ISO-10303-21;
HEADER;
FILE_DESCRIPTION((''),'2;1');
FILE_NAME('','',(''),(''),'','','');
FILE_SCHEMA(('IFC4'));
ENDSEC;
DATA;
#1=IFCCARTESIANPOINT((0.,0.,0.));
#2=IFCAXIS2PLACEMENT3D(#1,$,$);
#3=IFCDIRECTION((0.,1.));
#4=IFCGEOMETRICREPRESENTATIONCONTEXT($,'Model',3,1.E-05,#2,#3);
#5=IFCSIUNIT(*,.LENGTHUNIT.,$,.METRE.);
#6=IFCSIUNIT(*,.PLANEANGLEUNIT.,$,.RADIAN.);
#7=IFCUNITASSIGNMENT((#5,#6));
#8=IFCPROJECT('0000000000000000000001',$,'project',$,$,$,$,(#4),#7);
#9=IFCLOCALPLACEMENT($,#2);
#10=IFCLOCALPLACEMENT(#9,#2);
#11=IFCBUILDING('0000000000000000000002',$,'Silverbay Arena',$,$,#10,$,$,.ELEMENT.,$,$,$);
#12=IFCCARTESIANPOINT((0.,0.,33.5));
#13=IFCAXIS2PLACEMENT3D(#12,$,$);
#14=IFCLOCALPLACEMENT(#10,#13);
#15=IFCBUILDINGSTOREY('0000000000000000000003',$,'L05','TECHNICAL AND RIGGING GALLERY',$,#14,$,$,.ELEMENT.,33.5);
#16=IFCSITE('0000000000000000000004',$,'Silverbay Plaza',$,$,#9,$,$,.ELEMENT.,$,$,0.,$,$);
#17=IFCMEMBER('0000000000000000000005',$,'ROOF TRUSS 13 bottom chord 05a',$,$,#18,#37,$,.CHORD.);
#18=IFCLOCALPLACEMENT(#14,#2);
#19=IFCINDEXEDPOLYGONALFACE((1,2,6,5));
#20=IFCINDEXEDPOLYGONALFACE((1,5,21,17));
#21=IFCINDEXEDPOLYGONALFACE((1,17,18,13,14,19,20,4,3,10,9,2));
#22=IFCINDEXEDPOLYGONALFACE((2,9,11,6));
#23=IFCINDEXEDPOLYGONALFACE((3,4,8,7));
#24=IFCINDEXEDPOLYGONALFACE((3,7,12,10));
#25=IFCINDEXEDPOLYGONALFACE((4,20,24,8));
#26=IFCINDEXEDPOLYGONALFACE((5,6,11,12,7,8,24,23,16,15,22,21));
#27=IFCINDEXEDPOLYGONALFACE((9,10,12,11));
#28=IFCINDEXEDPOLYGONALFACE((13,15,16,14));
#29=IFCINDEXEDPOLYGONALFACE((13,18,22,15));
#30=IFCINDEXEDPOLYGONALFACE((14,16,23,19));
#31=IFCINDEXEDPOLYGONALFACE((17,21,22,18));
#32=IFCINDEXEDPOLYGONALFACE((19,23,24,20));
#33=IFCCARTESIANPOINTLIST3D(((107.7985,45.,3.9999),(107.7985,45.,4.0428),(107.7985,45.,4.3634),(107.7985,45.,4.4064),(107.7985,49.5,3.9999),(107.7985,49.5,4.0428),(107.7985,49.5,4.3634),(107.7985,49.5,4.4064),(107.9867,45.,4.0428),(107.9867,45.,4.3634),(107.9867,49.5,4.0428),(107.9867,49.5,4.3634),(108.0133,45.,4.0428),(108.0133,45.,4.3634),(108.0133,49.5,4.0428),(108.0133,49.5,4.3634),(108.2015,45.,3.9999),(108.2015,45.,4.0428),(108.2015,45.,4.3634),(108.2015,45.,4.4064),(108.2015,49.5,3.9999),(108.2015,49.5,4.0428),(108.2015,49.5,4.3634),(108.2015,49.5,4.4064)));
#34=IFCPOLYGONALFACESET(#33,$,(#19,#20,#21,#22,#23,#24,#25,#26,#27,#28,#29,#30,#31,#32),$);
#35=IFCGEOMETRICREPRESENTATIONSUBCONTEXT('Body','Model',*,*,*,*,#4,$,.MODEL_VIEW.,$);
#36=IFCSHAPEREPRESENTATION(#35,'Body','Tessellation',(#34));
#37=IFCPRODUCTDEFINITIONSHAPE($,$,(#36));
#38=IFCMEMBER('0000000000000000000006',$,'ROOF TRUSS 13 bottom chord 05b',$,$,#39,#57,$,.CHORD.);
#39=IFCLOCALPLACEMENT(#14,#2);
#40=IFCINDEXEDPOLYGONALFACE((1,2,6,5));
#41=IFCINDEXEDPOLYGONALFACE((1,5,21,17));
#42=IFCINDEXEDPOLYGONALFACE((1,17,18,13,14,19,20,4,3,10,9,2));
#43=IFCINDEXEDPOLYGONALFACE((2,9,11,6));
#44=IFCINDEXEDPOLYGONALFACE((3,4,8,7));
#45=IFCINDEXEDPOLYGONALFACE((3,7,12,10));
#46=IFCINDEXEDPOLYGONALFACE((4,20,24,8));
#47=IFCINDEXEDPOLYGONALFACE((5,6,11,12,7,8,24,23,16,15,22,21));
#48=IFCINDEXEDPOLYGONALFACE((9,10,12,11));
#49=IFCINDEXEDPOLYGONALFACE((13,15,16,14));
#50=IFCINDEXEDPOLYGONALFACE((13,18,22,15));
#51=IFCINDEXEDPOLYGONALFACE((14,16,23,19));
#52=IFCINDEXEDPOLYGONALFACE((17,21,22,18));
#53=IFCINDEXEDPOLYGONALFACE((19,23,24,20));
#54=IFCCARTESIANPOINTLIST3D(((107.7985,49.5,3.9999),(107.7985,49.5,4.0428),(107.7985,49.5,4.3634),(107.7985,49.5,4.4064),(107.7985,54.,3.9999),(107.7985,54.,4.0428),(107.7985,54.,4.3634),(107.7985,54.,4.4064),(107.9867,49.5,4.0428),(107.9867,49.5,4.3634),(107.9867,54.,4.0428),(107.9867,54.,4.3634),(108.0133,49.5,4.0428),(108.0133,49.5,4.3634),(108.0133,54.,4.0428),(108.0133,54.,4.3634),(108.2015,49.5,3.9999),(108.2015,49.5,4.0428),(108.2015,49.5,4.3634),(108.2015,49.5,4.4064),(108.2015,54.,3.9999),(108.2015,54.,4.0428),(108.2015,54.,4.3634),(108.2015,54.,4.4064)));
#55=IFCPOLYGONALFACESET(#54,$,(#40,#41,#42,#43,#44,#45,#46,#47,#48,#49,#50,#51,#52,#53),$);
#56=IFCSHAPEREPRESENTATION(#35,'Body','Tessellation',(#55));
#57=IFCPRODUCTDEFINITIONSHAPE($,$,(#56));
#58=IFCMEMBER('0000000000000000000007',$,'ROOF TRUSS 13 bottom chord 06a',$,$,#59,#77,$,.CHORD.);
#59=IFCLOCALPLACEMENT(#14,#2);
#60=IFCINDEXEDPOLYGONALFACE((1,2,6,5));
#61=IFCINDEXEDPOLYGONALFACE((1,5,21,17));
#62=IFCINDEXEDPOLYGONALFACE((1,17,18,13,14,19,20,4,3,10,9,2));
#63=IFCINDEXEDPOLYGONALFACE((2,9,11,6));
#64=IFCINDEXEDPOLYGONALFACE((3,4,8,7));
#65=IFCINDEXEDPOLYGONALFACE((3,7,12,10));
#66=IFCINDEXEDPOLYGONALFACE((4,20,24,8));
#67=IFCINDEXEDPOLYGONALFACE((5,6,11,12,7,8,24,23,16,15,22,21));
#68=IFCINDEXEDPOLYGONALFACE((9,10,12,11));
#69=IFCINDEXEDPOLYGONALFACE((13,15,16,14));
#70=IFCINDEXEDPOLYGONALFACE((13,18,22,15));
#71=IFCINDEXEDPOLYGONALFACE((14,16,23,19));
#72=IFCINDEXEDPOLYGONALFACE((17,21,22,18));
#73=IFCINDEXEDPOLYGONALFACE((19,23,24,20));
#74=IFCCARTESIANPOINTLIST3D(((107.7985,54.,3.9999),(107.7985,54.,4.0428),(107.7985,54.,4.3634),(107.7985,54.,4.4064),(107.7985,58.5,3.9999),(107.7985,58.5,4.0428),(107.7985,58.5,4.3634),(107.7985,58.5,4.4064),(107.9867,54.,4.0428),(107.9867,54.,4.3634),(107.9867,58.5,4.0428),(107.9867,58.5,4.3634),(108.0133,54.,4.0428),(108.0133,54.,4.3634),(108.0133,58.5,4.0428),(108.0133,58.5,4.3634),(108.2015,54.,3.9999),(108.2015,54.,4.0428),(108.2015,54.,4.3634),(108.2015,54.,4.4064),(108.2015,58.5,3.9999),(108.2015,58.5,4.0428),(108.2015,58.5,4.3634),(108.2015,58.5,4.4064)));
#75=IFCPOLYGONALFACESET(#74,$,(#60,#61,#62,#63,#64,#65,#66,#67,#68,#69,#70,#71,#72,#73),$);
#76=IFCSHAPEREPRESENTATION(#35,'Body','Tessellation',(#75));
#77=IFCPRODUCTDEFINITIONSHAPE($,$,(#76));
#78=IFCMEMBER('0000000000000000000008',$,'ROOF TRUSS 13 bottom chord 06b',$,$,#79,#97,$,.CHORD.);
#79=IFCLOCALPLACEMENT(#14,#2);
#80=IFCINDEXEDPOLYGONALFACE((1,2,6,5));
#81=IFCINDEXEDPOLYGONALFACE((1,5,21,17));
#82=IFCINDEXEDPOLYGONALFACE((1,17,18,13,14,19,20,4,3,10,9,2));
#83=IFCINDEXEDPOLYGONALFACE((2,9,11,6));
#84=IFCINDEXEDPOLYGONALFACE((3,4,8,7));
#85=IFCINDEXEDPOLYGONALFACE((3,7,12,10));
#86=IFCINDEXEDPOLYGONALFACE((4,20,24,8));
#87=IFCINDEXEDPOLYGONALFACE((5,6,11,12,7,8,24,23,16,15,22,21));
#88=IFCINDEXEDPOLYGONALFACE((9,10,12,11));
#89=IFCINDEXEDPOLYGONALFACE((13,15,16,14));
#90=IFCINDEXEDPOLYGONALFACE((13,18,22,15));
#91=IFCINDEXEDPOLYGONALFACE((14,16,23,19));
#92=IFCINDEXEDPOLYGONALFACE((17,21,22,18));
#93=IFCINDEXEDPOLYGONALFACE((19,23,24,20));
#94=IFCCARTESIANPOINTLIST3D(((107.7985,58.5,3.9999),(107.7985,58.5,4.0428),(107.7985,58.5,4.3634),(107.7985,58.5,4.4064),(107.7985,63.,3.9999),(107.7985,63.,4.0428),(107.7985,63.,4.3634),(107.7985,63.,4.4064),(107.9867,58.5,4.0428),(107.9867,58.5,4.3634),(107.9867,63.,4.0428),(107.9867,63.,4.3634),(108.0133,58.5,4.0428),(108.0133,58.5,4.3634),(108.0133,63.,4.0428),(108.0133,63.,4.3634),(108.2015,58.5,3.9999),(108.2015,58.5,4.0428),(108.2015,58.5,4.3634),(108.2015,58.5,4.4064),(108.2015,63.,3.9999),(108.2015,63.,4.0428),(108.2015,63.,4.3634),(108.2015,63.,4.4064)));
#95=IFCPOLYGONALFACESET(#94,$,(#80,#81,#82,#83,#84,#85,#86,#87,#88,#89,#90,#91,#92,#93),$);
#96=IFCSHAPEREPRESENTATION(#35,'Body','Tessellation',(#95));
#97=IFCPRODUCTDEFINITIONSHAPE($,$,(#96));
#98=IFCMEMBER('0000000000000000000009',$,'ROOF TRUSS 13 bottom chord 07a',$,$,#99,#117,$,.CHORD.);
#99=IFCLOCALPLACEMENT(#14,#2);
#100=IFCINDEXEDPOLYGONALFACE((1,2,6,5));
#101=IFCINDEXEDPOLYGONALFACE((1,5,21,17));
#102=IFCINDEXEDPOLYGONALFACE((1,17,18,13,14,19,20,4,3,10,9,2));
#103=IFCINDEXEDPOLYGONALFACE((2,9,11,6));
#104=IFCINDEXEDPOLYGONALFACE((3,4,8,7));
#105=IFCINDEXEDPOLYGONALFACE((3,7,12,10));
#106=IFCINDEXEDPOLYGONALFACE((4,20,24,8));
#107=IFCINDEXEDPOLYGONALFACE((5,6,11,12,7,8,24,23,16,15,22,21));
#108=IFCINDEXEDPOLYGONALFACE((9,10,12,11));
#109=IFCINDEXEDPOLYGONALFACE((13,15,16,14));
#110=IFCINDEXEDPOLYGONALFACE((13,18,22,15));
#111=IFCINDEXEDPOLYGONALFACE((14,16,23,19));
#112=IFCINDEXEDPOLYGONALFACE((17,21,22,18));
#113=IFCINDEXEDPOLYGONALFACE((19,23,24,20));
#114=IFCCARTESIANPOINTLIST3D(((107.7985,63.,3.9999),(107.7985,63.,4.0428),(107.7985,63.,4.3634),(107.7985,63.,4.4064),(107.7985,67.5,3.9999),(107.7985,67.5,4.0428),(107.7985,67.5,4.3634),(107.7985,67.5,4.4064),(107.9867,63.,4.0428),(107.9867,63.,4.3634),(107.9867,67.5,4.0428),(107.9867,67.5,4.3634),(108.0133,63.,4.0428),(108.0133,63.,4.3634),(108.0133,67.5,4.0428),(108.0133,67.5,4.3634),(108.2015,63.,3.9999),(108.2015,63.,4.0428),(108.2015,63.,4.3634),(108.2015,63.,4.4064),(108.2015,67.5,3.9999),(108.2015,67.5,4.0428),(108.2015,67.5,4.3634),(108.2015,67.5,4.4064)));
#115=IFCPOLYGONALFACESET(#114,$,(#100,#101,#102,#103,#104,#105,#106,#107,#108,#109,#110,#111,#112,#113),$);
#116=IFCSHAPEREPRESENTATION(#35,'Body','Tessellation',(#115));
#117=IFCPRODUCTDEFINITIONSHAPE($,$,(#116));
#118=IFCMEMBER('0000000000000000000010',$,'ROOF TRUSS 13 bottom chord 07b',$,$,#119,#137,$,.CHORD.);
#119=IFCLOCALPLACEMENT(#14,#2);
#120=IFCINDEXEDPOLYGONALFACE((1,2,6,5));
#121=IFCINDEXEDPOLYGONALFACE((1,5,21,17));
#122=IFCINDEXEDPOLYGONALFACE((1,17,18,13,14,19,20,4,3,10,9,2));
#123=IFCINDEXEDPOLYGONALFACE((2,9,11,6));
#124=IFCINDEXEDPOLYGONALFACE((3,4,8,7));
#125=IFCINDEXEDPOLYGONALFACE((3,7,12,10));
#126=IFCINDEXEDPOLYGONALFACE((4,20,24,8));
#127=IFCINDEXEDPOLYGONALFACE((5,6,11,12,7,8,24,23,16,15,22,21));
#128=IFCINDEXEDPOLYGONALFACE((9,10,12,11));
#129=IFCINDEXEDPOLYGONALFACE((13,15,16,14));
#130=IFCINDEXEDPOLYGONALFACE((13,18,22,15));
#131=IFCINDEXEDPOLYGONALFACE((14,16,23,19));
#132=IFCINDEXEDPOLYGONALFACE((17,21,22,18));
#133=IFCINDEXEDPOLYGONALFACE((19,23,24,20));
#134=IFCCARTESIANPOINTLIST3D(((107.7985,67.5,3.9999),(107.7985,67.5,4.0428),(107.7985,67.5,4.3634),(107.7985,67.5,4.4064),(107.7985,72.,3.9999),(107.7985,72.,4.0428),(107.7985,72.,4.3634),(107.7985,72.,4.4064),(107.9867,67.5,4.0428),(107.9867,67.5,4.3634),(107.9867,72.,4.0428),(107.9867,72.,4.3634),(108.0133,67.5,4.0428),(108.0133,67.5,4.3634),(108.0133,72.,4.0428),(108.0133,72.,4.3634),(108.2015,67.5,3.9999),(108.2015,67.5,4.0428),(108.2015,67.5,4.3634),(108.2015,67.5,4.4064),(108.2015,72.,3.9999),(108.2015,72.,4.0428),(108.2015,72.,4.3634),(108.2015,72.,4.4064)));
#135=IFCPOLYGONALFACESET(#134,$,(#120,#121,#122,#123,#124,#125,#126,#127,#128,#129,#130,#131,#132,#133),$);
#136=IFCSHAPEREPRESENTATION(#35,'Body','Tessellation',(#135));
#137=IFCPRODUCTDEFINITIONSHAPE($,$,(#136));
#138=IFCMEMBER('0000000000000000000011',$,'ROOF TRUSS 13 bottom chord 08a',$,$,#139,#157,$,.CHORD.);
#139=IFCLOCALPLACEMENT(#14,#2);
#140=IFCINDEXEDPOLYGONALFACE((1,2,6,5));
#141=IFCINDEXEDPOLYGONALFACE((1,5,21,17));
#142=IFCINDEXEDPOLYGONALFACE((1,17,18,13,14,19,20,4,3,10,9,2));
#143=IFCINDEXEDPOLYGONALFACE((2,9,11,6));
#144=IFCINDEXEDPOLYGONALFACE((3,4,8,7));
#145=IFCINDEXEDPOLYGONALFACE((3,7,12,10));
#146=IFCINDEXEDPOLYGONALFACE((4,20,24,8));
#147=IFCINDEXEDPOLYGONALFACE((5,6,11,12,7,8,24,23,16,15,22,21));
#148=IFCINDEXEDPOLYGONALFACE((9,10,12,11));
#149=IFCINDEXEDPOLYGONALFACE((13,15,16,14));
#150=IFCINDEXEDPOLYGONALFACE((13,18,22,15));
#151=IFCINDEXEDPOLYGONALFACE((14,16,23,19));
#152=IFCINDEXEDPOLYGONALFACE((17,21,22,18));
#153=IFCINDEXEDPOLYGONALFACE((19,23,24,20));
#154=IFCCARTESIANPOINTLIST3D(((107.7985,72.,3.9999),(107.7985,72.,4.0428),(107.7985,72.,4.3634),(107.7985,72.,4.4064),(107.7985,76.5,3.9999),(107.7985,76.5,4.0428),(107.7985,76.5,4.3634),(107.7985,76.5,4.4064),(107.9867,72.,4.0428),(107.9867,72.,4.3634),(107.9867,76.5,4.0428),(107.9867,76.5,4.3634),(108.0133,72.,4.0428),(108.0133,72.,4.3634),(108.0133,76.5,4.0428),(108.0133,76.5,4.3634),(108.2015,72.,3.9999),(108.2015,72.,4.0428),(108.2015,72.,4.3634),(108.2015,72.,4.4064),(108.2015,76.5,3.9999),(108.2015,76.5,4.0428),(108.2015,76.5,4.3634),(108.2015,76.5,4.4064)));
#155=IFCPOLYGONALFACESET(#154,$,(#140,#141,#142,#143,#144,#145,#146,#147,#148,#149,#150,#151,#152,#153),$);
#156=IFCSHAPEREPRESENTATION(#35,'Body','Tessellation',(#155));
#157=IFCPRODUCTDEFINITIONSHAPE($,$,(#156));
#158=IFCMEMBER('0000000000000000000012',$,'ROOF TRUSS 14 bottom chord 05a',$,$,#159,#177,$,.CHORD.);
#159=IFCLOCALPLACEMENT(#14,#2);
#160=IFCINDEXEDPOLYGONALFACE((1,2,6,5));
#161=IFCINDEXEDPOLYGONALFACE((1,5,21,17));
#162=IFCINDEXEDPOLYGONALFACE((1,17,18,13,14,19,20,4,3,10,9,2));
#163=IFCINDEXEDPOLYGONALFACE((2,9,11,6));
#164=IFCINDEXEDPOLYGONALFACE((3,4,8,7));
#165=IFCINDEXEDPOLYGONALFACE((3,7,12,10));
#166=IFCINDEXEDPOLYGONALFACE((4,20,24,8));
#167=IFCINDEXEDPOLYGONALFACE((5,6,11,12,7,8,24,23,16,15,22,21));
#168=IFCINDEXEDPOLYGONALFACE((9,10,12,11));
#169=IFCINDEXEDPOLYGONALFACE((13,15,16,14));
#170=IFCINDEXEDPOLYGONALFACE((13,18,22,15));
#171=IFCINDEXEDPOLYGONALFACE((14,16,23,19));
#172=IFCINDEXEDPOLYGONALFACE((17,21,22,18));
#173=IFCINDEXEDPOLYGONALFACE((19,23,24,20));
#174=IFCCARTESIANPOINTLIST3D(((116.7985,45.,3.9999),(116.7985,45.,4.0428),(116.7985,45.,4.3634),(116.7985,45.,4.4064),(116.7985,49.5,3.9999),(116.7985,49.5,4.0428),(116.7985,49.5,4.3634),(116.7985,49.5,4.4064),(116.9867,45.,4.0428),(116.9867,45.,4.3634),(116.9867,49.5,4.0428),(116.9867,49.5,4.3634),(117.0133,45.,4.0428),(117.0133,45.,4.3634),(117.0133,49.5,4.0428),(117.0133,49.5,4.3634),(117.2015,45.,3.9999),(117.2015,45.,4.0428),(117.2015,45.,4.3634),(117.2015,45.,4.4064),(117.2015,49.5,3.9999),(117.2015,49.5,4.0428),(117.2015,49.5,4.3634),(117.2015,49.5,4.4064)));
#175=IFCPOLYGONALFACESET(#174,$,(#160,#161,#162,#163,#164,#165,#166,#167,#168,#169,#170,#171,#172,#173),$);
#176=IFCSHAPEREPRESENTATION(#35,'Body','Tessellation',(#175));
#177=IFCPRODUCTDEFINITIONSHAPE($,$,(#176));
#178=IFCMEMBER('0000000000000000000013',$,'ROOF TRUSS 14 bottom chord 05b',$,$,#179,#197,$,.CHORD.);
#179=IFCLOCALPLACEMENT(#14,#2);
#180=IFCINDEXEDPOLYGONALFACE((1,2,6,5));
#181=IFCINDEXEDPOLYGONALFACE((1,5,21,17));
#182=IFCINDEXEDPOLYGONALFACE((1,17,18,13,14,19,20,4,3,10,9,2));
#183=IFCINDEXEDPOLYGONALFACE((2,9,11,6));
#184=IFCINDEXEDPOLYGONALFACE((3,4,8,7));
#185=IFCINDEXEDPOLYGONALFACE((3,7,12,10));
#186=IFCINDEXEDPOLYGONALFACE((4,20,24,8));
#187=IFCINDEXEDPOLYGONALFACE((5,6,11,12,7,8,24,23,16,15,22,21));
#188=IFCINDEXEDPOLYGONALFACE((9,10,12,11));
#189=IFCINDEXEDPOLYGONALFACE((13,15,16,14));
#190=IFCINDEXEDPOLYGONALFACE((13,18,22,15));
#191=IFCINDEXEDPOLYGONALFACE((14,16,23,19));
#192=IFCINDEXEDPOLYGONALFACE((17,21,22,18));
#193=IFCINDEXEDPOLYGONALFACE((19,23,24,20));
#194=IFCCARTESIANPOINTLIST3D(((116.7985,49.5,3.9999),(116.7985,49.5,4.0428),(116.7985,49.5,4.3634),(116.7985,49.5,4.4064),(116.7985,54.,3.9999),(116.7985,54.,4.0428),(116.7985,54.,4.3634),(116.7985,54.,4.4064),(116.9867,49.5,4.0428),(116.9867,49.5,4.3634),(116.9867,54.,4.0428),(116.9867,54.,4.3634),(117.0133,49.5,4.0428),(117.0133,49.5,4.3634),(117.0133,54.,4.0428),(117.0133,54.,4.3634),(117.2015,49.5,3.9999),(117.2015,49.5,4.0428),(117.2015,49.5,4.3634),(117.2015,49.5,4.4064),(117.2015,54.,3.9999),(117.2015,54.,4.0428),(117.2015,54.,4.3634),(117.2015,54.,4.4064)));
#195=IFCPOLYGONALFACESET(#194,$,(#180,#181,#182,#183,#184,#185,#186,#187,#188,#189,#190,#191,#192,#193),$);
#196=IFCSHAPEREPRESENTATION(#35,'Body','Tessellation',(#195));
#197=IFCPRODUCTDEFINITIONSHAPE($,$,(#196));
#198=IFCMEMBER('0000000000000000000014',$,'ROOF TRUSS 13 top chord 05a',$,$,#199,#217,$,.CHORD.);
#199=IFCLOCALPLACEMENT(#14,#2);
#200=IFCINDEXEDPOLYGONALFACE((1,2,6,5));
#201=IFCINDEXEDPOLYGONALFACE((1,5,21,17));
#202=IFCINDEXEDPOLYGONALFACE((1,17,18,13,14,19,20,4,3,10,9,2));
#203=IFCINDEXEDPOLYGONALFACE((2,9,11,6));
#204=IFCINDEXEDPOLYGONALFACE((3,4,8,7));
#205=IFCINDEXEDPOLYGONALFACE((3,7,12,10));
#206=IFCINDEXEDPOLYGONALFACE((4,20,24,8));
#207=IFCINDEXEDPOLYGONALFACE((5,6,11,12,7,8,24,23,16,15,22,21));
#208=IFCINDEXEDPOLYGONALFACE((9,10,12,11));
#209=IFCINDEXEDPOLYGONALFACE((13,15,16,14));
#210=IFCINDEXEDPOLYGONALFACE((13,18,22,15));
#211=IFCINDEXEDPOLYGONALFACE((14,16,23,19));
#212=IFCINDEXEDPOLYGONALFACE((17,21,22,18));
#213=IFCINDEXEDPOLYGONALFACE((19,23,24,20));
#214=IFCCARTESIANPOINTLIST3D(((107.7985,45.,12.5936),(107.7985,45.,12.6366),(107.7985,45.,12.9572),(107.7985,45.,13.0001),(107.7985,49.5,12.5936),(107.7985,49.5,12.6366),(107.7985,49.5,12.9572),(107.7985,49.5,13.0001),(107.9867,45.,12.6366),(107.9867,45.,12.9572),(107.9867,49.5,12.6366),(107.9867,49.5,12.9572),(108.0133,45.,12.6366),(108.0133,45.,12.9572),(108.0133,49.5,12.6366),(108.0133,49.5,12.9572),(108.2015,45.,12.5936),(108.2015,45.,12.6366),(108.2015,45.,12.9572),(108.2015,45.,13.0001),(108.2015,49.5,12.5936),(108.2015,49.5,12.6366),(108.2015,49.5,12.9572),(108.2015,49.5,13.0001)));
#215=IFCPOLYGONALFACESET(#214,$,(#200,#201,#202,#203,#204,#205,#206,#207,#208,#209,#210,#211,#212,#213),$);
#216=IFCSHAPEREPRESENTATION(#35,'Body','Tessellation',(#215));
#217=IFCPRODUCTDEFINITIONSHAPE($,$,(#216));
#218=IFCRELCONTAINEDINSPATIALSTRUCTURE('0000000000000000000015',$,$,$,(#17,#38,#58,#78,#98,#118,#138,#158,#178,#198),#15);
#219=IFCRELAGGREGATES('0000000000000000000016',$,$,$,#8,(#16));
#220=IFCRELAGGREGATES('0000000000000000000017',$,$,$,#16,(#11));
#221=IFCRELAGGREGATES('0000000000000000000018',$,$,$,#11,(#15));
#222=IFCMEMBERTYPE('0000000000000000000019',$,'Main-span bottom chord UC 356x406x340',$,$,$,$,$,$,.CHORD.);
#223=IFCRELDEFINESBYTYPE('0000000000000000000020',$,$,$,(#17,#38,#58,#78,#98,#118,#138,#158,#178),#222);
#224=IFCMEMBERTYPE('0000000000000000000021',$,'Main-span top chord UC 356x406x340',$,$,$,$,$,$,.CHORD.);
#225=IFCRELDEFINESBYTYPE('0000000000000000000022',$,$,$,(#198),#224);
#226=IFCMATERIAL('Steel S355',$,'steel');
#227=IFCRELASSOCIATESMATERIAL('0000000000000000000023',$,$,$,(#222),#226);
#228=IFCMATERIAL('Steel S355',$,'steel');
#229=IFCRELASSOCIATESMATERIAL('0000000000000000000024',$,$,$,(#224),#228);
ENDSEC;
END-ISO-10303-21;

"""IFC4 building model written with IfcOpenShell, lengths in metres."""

from ifc_helpers import new_model, si_unit, direction, frame, origin, origin_2d, place, context, subcontext, project, spatial, i_section, extrude, material, material_profile, profile_set, type_object, element, save


model = new_model("IFC4")

# Units and contexts
model_context = context("Model", 3, precision=1e-05, world=origin(), true_north=direction((0.0, 1.0)))
body_context = subcontext(model_context, "Body", "Model", "MODEL_VIEW")
ifc_project = project(units=[si_unit("LENGTHUNIT", "METRE"), si_unit("PLANEANGLEUNIT", "RADIAN")], contexts=[model_context])

# Site, building, storey
site_placement = place(None, origin())
site = spatial("IfcSite", under=ifc_project, at=site_placement, Name="Silverbay Plaza", CompositionType="ELEMENT", RefElevation=0.0)
building_placement = place(site_placement, origin())
building = spatial("IfcBuilding", under=site, at=building_placement, Name="Silverbay Arena", CompositionType="ELEMENT")
storey_placement = place(building_placement, frame((0.0, 0.0, 33.5)))
storey = spatial("IfcBuildingStorey", under=building, at=storey_placement, Name="L05", Description="TECHNICAL AND RIGGING GALLERY", CompositionType="ELEMENT", Elevation=33.5)

# Members
ifc_material_1 = material(Name="Steel S355", Category="steel")
ifc_material_profile_1 = material_profile(ifc_material_1, i_section(OverallWidth=0.4031, OverallDepth=0.4065, WebThickness=0.0266, FlangeThickness=0.043, at=origin_2d()), Name="UC 356x406x340")
ifc_profile_set_1 = profile_set([ifc_material_profile_1], Name="Steel S355")
member_type_1 = type_object("IfcMemberType", Name="Main-span bottom chord UC 356x406x340", PredefinedType="CHORD", material=ifc_profile_set_1)
for number, where, z_axis, x_axis, name in (
    (1, (108.0, 45.0, 4.2031), (0.0, 1.0, 0.0), (-1.0, 0.0, 0.0), "ROOF TRUSS 13 bottom chord 05a"),
    (2, (108.0, 49.5, 4.2031), (0.0, 1.0, 0.0), (-1.0, 0.0, 0.0), "ROOF TRUSS 13 bottom chord 05b"),
    (3, (108.0, 54.0, 4.2031), (0.0, 1.0, 0.0), (-1.0, 0.0, 0.0), "ROOF TRUSS 13 bottom chord 06a"),
    (4, (108.0, 58.5, 4.2031), (0.0, 1.0, 0.0), (-1.0, 0.0, 0.0), "ROOF TRUSS 13 bottom chord 06b"),
    (5, (108.0, 63.0, 4.2031), (0.0, 1.0, 0.0), (-1.0, 0.0, 0.0), "ROOF TRUSS 13 bottom chord 07a"),
    (6, (108.0, 67.5, 4.2031), (0.0, 1.0, 0.0), (-1.0, 0.0, 0.0), "ROOF TRUSS 13 bottom chord 07b"),
    (7, (108.0, 72.0, 4.2031), (0.0, 1.0, 0.0), (-1.0, 0.0, 0.0), "ROOF TRUSS 13 bottom chord 08a"),
    (8, (117.0, 45.0, 4.2031), (0.0, 1.0, 0.0), (-1.0, 0.0, 0.0), "ROOF TRUSS 14 bottom chord 05a"),
    (9, (117.0, 49.5, 4.2031), (0.0, 1.0, 0.0), (-1.0, 0.0, 0.0), "ROOF TRUSS 14 bottom chord 05b"),
):
    element("IfcMember", number, at=place(storey_placement, frame(where, z_axis=z_axis, x_axis=x_axis)), inside=storey, type_object=member_type_1, Name=name, PredefinedType="CHORD", context=body_context, shape_type="SweptSolid", body=[
        extrude(i_section(OverallWidth=0.4031, OverallDepth=0.4065, WebThickness=0.0266, FlangeThickness=0.043, at=origin_2d()), origin(), (0.0, 0.0, 1.0), 4.5),
    ])
ifc_material_2 = material(Name="Steel S355", Category="steel")
ifc_material_profile_2 = material_profile(ifc_material_2, i_section(OverallWidth=0.4031, OverallDepth=0.4065, WebThickness=0.0266, FlangeThickness=0.043, at=origin_2d()), Name="UC 356x406x340")
ifc_profile_set_2 = profile_set([ifc_material_profile_2], Name="Steel S355")
member_type_2 = type_object("IfcMemberType", Name="Main-span top chord UC 356x406x340", PredefinedType="CHORD", material=ifc_profile_set_2)
for number, where, z_axis, x_axis, name in (
    (10, (108.0, 45.0, 12.7969), (0.0, 1.0, 0.0), (-1.0, 0.0, 0.0), "ROOF TRUSS 13 top chord 05a"),
):
    element("IfcMember", number, at=place(storey_placement, frame(where, z_axis=z_axis, x_axis=x_axis)), inside=storey, type_object=member_type_2, Name=name, PredefinedType="CHORD", context=body_context, shape_type="SweptSolid", body=[
        extrude(i_section(OverallWidth=0.4031, OverallDepth=0.4065, WebThickness=0.0266, FlangeThickness=0.043, at=origin_2d()), origin(), (0.0, 0.0, 1.0), 4.5),
    ])

save(model, "model.ifc")
